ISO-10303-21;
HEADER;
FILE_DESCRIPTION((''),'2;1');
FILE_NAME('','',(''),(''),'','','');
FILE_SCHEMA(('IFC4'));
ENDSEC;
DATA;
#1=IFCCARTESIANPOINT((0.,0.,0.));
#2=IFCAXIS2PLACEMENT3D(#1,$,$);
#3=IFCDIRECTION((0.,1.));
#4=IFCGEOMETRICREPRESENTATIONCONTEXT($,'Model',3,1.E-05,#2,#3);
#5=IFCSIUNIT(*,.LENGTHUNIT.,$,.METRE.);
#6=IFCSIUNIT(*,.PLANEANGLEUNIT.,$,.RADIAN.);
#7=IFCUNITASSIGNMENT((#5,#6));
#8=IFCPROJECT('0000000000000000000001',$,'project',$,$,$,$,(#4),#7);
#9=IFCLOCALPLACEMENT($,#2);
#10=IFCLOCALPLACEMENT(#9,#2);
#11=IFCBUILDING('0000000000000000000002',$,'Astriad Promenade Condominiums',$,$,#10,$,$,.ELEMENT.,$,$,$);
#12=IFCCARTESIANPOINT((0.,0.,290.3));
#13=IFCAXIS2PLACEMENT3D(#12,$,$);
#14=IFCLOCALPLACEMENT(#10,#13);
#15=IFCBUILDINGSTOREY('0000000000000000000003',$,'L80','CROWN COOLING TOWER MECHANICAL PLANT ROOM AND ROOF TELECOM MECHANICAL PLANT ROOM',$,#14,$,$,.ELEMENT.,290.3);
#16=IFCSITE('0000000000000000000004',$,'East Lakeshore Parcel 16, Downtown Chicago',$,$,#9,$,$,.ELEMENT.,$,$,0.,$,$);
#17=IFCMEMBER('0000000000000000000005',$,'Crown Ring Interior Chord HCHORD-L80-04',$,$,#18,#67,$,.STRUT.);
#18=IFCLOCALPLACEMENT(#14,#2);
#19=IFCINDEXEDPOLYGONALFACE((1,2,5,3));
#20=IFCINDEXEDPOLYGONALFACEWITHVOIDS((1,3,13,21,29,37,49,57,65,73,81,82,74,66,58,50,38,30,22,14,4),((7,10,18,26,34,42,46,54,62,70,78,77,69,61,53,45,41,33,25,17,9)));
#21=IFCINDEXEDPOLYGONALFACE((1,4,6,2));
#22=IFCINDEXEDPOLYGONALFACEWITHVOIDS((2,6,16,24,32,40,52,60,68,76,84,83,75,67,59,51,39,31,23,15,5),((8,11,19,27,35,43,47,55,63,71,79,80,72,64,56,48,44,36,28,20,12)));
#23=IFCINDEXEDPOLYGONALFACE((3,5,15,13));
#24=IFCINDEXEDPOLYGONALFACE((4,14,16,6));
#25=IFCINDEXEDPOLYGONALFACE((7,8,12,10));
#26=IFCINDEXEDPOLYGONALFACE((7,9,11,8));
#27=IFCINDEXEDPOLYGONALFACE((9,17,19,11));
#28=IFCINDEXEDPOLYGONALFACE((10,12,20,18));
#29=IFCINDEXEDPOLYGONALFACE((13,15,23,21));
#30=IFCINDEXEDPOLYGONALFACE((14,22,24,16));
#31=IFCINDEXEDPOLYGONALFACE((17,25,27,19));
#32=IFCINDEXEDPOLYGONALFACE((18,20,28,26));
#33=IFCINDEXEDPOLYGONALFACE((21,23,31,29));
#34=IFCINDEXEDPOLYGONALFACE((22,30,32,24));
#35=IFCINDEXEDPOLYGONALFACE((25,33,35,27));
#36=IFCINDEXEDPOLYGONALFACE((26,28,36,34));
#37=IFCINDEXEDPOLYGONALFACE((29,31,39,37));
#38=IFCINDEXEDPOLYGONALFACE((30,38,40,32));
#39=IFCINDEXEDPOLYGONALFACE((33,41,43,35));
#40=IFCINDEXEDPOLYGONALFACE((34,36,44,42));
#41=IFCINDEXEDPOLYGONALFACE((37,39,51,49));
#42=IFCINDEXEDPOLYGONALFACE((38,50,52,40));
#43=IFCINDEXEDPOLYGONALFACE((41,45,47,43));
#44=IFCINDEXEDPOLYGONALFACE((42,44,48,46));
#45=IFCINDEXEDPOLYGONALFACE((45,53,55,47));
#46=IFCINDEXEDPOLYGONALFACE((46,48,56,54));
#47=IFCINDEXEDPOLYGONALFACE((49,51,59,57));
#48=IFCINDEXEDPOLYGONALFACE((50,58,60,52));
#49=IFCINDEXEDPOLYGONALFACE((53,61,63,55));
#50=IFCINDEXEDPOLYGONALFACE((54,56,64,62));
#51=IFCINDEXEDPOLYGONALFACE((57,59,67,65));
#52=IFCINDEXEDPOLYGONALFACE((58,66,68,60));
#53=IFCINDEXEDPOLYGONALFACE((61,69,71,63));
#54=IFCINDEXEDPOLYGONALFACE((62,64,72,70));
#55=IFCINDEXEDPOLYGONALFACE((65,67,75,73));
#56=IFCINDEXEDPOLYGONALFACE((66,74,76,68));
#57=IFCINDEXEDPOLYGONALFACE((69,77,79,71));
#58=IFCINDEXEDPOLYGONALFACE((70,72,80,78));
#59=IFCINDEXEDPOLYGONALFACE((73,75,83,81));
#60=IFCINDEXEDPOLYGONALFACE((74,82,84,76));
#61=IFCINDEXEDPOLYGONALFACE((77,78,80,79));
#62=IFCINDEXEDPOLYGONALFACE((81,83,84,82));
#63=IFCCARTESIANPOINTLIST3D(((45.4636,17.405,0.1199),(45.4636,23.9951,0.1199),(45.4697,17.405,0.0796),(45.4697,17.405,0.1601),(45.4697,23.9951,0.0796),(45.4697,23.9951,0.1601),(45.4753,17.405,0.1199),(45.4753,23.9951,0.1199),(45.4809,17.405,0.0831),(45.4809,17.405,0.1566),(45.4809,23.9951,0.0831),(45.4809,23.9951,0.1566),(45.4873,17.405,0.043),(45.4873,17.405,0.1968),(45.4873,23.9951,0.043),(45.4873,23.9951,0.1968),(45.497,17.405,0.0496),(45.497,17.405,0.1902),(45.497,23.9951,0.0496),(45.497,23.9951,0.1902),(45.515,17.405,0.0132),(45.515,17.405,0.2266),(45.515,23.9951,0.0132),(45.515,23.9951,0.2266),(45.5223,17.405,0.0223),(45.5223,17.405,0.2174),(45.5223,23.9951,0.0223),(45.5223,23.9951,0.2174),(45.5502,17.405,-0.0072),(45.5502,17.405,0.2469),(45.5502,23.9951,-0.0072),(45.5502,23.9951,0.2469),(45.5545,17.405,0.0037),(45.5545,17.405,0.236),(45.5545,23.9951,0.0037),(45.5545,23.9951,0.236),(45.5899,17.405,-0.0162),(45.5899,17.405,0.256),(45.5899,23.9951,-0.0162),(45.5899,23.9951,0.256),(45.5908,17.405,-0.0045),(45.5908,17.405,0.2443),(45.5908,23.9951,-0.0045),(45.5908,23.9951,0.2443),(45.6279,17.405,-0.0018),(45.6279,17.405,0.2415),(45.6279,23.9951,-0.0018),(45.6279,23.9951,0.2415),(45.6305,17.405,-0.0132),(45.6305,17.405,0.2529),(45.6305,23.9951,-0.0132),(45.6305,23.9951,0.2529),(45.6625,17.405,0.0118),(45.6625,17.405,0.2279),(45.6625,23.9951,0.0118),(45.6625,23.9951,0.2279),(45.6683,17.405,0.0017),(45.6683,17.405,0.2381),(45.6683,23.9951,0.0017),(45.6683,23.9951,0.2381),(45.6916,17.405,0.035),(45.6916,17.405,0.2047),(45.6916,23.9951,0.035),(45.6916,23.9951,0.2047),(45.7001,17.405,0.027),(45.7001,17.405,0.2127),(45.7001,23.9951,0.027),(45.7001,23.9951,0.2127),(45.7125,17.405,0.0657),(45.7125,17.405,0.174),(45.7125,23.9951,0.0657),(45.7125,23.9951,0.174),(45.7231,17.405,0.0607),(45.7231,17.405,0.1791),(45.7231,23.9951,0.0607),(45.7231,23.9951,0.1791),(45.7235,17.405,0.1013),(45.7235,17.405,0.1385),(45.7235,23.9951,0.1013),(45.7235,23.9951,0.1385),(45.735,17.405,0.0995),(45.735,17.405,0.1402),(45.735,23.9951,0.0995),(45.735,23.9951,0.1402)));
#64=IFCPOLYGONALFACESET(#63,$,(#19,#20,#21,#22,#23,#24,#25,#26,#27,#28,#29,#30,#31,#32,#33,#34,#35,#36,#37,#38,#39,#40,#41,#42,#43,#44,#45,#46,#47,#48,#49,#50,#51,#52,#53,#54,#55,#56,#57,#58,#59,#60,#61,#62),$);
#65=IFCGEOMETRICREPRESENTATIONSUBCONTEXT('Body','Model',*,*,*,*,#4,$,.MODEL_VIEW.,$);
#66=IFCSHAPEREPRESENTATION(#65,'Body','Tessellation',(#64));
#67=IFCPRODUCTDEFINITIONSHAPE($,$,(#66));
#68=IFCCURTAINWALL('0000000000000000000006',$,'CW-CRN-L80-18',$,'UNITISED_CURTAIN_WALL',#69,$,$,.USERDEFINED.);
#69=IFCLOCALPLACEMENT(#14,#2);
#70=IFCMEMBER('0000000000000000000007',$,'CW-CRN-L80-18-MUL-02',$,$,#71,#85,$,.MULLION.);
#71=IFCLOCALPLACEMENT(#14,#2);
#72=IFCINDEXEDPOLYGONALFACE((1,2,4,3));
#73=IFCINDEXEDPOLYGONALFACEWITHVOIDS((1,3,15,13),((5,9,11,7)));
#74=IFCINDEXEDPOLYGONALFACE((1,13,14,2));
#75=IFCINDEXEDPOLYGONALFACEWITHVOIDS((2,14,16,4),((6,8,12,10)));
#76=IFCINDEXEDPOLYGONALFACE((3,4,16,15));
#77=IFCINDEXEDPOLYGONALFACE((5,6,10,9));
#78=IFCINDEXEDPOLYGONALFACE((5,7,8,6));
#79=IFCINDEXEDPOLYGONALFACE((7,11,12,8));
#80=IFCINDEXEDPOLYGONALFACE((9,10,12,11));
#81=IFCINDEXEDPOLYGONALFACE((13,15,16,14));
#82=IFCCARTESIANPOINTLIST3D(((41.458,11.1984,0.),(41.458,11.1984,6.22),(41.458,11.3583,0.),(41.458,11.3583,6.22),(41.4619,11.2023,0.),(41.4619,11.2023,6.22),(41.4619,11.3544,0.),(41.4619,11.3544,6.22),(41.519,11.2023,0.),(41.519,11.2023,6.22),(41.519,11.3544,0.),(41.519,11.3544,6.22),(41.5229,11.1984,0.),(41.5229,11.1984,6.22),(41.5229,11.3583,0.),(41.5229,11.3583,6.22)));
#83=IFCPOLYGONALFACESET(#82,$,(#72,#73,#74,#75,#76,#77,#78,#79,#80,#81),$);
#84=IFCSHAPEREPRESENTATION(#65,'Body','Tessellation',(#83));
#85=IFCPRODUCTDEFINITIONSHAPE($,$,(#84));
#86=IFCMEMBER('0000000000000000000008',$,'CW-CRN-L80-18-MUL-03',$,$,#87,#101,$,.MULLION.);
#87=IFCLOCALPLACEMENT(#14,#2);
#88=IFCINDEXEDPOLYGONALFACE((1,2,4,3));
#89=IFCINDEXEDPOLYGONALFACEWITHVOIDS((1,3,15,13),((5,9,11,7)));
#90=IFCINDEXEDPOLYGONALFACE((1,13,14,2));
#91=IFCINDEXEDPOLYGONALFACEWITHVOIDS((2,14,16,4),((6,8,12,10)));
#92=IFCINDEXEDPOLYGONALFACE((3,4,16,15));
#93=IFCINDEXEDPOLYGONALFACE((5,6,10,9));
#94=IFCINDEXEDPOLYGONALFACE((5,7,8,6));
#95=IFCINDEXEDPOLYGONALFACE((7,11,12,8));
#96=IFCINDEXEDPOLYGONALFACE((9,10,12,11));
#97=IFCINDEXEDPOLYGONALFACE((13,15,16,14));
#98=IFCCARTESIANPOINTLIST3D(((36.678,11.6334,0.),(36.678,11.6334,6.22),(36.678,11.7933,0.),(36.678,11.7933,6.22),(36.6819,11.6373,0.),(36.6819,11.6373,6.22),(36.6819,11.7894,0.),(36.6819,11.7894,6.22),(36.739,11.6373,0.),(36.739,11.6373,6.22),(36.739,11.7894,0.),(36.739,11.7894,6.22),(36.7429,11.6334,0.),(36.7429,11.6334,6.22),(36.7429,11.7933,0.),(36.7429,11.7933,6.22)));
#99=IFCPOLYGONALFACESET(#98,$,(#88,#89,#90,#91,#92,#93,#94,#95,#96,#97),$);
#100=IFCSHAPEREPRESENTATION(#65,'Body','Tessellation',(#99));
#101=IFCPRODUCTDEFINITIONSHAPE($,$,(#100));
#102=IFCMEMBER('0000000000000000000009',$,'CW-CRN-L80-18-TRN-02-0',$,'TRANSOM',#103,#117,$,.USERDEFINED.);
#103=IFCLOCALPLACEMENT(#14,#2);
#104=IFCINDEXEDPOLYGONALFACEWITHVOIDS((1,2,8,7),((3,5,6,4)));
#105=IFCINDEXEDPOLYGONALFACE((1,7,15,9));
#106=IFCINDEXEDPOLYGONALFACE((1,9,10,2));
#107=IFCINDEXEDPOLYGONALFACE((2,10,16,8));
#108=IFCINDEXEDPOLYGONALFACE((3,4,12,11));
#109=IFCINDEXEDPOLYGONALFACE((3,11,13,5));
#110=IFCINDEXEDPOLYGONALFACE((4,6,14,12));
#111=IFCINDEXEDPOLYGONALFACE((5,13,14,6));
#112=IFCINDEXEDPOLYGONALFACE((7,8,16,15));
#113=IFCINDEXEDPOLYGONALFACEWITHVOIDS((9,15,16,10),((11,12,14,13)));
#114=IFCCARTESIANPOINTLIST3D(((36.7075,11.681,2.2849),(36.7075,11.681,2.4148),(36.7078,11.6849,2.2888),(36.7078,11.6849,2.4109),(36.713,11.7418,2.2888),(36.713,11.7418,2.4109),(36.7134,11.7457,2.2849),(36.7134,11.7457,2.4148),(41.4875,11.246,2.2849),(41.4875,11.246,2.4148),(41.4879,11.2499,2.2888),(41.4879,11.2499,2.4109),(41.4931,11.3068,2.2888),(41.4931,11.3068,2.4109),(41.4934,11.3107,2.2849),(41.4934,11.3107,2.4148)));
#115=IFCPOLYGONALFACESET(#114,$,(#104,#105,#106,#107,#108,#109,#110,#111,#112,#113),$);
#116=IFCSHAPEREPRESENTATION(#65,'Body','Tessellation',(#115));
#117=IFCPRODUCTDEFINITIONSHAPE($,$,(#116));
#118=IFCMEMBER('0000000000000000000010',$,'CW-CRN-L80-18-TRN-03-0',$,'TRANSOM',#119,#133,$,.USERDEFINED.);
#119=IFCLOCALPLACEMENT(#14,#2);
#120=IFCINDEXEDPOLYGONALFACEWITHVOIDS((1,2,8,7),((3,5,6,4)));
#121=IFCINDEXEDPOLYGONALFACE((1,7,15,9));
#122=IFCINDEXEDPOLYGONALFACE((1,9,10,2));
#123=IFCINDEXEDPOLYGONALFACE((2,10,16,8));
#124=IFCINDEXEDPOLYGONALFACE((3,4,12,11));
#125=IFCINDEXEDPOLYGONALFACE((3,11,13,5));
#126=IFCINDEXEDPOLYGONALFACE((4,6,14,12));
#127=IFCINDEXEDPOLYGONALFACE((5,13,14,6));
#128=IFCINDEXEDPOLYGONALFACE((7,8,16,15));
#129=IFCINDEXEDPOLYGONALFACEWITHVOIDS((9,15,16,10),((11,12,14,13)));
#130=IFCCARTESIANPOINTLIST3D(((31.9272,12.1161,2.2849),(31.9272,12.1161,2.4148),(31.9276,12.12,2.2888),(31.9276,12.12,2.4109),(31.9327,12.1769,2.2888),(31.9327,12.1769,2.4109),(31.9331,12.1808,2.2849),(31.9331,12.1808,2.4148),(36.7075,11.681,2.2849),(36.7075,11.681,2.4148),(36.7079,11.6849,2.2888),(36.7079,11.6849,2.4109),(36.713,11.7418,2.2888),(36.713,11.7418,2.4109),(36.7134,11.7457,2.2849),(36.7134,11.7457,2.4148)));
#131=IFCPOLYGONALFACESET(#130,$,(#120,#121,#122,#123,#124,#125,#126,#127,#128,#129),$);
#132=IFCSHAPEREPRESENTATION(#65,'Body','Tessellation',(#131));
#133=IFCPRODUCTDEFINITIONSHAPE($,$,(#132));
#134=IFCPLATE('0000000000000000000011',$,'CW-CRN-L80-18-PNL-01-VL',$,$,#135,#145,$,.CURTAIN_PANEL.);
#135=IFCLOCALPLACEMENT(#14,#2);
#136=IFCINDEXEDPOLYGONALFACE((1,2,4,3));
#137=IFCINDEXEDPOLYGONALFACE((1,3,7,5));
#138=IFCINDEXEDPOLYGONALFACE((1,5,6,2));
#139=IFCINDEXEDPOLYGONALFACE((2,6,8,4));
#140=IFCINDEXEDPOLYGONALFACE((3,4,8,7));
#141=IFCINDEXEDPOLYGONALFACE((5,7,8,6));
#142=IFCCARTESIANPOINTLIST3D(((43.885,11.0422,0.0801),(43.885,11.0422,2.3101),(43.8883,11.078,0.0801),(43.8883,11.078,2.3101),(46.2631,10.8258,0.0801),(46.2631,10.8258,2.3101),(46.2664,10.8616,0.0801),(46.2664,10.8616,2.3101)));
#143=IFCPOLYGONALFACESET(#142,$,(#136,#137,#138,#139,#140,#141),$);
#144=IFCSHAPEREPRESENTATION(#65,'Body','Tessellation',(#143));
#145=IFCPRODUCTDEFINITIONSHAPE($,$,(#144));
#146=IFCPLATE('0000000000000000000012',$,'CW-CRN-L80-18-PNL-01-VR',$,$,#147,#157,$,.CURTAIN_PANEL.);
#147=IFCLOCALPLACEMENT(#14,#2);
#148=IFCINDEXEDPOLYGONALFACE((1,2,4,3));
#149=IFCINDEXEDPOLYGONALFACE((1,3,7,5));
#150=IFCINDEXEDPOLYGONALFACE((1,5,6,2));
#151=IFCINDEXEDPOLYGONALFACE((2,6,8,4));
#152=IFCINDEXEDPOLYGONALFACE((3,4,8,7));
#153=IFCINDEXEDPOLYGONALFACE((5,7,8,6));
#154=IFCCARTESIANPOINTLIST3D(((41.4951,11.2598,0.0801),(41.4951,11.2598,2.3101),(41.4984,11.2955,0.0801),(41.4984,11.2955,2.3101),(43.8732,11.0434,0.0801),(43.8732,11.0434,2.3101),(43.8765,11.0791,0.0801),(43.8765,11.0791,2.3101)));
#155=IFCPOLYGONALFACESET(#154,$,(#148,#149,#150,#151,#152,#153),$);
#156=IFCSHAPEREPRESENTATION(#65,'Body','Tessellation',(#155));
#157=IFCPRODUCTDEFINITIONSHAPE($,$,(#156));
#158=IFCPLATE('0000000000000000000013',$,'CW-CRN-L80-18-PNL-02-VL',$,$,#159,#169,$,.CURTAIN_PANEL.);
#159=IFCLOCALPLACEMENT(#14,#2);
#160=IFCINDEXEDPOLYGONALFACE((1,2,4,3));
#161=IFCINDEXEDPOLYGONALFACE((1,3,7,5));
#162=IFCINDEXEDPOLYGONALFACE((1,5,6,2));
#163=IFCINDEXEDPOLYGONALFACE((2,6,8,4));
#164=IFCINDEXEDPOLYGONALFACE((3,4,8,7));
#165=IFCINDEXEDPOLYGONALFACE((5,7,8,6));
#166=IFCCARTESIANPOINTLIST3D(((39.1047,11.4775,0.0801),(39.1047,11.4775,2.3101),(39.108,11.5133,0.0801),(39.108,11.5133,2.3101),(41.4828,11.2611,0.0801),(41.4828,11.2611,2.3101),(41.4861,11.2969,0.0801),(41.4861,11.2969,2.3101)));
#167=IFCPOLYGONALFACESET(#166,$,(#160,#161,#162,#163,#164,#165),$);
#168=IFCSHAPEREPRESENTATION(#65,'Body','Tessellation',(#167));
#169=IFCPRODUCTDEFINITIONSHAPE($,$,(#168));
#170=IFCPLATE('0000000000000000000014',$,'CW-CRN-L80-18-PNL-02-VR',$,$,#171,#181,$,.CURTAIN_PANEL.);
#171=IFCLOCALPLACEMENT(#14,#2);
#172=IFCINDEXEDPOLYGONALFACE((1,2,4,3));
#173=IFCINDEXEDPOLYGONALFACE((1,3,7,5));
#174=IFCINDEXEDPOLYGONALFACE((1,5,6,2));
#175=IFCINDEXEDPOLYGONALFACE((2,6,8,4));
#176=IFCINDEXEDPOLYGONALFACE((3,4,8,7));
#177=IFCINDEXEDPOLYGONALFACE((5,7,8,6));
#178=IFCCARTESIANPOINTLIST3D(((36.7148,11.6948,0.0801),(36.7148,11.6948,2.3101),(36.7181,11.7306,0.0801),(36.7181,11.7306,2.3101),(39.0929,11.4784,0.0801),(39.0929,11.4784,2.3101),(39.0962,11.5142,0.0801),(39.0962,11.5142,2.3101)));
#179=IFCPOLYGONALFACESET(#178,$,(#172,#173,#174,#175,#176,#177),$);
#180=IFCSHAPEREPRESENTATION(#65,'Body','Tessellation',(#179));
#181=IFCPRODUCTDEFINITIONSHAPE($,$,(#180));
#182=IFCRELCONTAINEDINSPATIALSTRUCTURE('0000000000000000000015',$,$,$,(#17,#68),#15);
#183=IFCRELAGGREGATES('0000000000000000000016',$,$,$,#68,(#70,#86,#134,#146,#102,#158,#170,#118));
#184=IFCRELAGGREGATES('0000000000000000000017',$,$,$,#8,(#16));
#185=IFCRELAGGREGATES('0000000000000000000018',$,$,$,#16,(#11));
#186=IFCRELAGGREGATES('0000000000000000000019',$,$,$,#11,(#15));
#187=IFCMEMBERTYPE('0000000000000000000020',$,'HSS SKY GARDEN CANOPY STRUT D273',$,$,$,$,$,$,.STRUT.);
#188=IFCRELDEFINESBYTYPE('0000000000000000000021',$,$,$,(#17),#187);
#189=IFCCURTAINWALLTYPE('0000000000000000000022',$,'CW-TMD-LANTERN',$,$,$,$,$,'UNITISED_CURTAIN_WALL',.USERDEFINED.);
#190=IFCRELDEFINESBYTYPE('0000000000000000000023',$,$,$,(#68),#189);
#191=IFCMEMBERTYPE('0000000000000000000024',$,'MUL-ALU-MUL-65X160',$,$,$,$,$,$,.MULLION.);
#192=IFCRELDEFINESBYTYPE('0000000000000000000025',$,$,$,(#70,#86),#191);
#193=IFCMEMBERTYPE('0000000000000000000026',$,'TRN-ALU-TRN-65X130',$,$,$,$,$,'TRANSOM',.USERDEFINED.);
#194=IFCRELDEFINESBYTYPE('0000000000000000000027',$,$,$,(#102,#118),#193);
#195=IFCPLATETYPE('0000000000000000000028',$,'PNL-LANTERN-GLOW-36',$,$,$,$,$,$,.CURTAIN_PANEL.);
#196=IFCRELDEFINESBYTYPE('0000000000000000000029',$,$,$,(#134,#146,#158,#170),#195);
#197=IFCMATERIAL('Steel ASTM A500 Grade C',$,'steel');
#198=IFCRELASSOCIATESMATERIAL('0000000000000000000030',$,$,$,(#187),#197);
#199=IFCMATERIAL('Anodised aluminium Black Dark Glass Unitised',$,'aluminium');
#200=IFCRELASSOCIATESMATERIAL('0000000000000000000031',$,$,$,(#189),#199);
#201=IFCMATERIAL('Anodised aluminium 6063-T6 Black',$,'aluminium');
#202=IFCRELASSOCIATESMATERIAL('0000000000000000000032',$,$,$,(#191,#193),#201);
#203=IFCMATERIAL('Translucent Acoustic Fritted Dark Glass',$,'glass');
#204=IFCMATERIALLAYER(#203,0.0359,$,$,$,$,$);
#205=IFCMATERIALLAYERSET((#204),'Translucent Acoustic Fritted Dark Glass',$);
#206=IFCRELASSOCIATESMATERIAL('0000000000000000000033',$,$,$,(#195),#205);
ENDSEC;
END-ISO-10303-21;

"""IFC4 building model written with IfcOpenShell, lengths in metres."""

from ifc_helpers import new_model, si_unit, direction, frame, origin, origin_2d, place, context, subcontext, project, spatial, rectangle, hollow_rectangle, hollow_circle, extrude, source, transform, mapped, material, layer, layer_set, material_profile, profile_set, type_object, type_shapes, element, aggregate, save


model = new_model("IFC4")

# Units and contexts
model_context = context("Model", 3, precision=1e-05, world=origin(), true_north=direction((0.0, 1.0)))
body_context = subcontext(model_context, "Body", "Model", "MODEL_VIEW")
ifc_project = project(units=[si_unit("LENGTHUNIT", "METRE"), si_unit("PLANEANGLEUNIT", "RADIAN")], contexts=[model_context])

# Site, building, storey
site_placement = place(None, origin())
site = spatial("IfcSite", under=ifc_project, at=site_placement, Name="East Lakeshore Parcel 16, Downtown Chicago", CompositionType="ELEMENT", RefElevation=0.0)
building_placement = place(site_placement, origin())
building = spatial("IfcBuilding", under=site, at=building_placement, Name="Astriad Promenade Condominiums", CompositionType="ELEMENT")
storey_placement = place(building_placement, frame((0.0, 0.0, 290.3)))
storey = spatial("IfcBuildingStorey", under=building, at=storey_placement, Name="L80", Description="CROWN COOLING TOWER MECHANICAL PLANT ROOM AND ROOF TELECOM MECHANICAL PLANT ROOM", CompositionType="ELEMENT", Elevation=290.3)

# Member
ifc_material_1 = material(Name="Steel ASTM A500 Grade C", Category="steel")
ifc_material_profile_1 = material_profile(ifc_material_1, hollow_circle(Radius=0.1365, WallThickness=0.0117, at=origin_2d()), Name="HSS273.1X12.7")
ifc_profile_set_1 = profile_set([ifc_material_profile_1], Name="Steel ASTM A500 Grade C")
member_type_1 = type_object("IfcMemberType", Name="HSS SKY GARDEN CANOPY STRUT D273", PredefinedType="STRUT", material=ifc_profile_set_1)
shared_shape_1 = source(origin(), body_context, "Body", "SweptSolid", [
    extrude(hollow_circle(Radius=0.1365, WallThickness=0.0117, at=origin_2d()), origin(), (0.0, 0.0, 1.0), 6.5901),
])
type_shapes(member_type_1, [shared_shape_1])
member_1_placement = place(storey_placement, frame((45.6001, 17.405, 0.1199), z_axis=(0.0, 1.0, 0.0), x_axis=(-1.0, 0.0, 0.0)))
element("IfcMember", 1, at=member_1_placement, inside=storey, type_object=member_type_1, Name="Crown Ring Interior Chord HCHORD-L80-04", PredefinedType="STRUT", context=body_context, shape_type="MappedRepresentation", body=[
    mapped(shared_shape_1, transform((0.0, 0.0, 0.0), scale=1.0)),
])

# Curtain wall, members, plates
ifc_material_2 = material(Name="Anodised aluminium Black Dark Glass Unitised", Category="aluminium")
curtain_wall_type = type_object("IfcCurtainWallType", Name="CW-TMD-LANTERN", ElementType="UNITISED_CURTAIN_WALL", PredefinedType="USERDEFINED", material=ifc_material_2)
curtain_wall_placement = place(storey_placement, origin())
curtain_wall = element("IfcCurtainWall", 2, at=curtain_wall_placement, inside=storey, type_object=curtain_wall_type, Name="CW-CRN-L80-18", ObjectType="UNITISED_CURTAIN_WALL", PredefinedType="USERDEFINED")
ifc_material_3 = material(Name="Anodised aluminium 6063-T6 Black", Category="aluminium")
ifc_material_profile_2 = material_profile(ifc_material_3, hollow_rectangle(XDim=0.0649, YDim=0.1599, WallThickness=0.0039, at=origin_2d()), Name="ALU-MUL-65X160")
ifc_profile_set_2 = profile_set([ifc_material_profile_2], Name="Anodised aluminium 6063-T6 Black")
member_type_2 = type_object("IfcMemberType", Name="MUL-ALU-MUL-65X160", PredefinedType="MULLION", material=ifc_profile_set_2)
shared_shape_2 = source(origin(), body_context, "Body", "SweptSolid", [
    extrude(hollow_rectangle(XDim=0.0649, YDim=0.1599, WallThickness=0.0039, at=origin_2d()), origin(), (0.0, 0.0, 1.0), 6.22),
])
type_shapes(member_type_2, [shared_shape_2])
member_2_placement = place(storey_placement, frame((41.4905, 11.2783, 0.0), z_axis=(0.0, 0.0, 1.0), x_axis=(1.0, 0.0, 0.0)))
member_2 = element("IfcMember", 3, at=member_2_placement, type_object=member_type_2, Name="CW-CRN-L80-18-MUL-02", PredefinedType="MULLION", context=body_context, shape_type="MappedRepresentation", body=[
    mapped(shared_shape_2, transform((0.0, 0.0, 0.0), scale=1.0)),
])
member_3_placement = place(storey_placement, frame((36.7104, 11.7134, 0.0), z_axis=(0.0, 0.0, 1.0), x_axis=(1.0, 0.0, 0.0)))
member_3 = element("IfcMember", 4, at=member_3_placement, type_object=member_type_2, Name="CW-CRN-L80-18-MUL-03", PredefinedType="MULLION", context=body_context, shape_type="MappedRepresentation", body=[
    mapped(shared_shape_2, transform((0.0, 0.0, 0.0), scale=1.0)),
])
ifc_material_profile_3 = material_profile(ifc_material_3, hollow_rectangle(XDim=0.0649, YDim=0.1299, WallThickness=0.0039, at=origin_2d()), Name="ALU-TRN-65X130")
ifc_profile_set_3 = profile_set([ifc_material_profile_3], Name="Anodised aluminium 6063-T6 Black")
member_type_3 = type_object("IfcMemberType", Name="TRN-ALU-TRN-65X130", ElementType="TRANSOM", PredefinedType="USERDEFINED", material=ifc_profile_set_3)
shared_shape_3 = source(origin(), body_context, "Body", "SweptSolid", [
    extrude(hollow_rectangle(XDim=0.0649, YDim=0.1299, WallThickness=0.0039, at=origin_2d()), origin(), (0.0, 0.0, 1.0), 4.7998),
])
member_4_placement = place(storey_placement, frame((41.4905, 11.2783, 2.3499), z_axis=(-0.995884, 0.090641, 0.0), x_axis=(-0.090641, -0.995884, 0.0)))
member_4 = element("IfcMember", 5, at=member_4_placement, type_object=member_type_3, Name="CW-CRN-L80-18-TRN-02-0", ObjectType="TRANSOM", PredefinedType="USERDEFINED", context=body_context, shape_type="MappedRepresentation", body=[
    mapped(shared_shape_3, transform((0.0, 0.0, 0.0), scale=1.0)),
])
shared_shape_4 = source(origin(), body_context, "Body", "SweptSolid", [
    extrude(hollow_rectangle(XDim=0.0649, YDim=0.1299, WallThickness=0.0039, at=origin_2d()), origin(), (0.0, 0.0, 1.0), 4.8),
])
type_shapes(member_type_3, [shared_shape_3, shared_shape_4])
member_5_placement = place(storey_placement, frame((36.7104, 11.7134, 2.3499), z_axis=(-0.995884, 0.090637, 0.0), x_axis=(-0.090637, -0.995884, 0.0)))
member_5 = element("IfcMember", 6, at=member_5_placement, type_object=member_type_3, Name="CW-CRN-L80-18-TRN-03-0", ObjectType="TRANSOM", PredefinedType="USERDEFINED", context=body_context, shape_type="MappedRepresentation", body=[
    mapped(shared_shape_4, transform((0.0, 0.0, 0.0), scale=1.0)),
])
ifc_material_4 = material(Name="Translucent Acoustic Fritted Dark Glass", Category="glass")
ifc_layer_1 = layer(ifc_material_4, 0.0359)
ifc_layer_set_1 = layer_set([ifc_layer_1], Name="Translucent Acoustic Fritted Dark Glass")
plate_type = type_object("IfcPlateType", Name="PNL-LANTERN-GLOW-36", PredefinedType="CURTAIN_PANEL", material=ifc_layer_set_1)
shared_shape_5 = source(origin(), body_context, "Body", "SweptSolid", [
    extrude(rectangle(XDim=2.3879, YDim=0.0359, at=origin_2d()), origin(), (0.0, 0.0, 1.0), 2.23),
])
plate_1_placement = place(storey_placement, frame((45.0757, 10.9519, 0.0801), z_axis=(0.0, 0.0, 1.0), x_axis=(-0.995884, 0.090633, 0.0)))
plate_1 = element("IfcPlate", 7, at=plate_1_placement, type_object=plate_type, Name="CW-CRN-L80-18-PNL-01-VL", PredefinedType="CURTAIN_PANEL", context=body_context, shape_type="MappedRepresentation", body=[
    mapped(shared_shape_5, transform((0.0, 0.0, 0.0), scale=1.0)),
])
plate_2_placement = place(storey_placement, frame((42.6858, 11.1694, 0.0801), z_axis=(0.0, 0.0, 1.0), x_axis=(-0.995884, 0.090633, 0.0)))
plate_2 = element("IfcPlate", 8, at=plate_2_placement, type_object=plate_type, Name="CW-CRN-L80-18-PNL-01-VR", PredefinedType="CURTAIN_PANEL", context=body_context, shape_type="MappedRepresentation", body=[
    mapped(shared_shape_5, transform((0.0, 0.0, 0.0), scale=1.0)),
])
plate_3_placement = place(storey_placement, frame((40.2954, 11.3872, 0.0801), z_axis=(0.0, 0.0, 1.0), x_axis=(-0.995884, 0.090633, 0.0)))
plate_3 = element("IfcPlate", 9, at=plate_3_placement, type_object=plate_type, Name="CW-CRN-L80-18-PNL-02-VL", PredefinedType="CURTAIN_PANEL", context=body_context, shape_type="MappedRepresentation", body=[
    mapped(shared_shape_5, transform((0.0, 0.0, 0.0), scale=1.0)),
])
plate_4_placement = place(storey_placement, frame((37.9055, 11.6045, 0.0801), z_axis=(0.0, 0.0, 1.0), x_axis=(-0.995884, 0.090633, 0.0)))
plate_4 = element("IfcPlate", 10, at=plate_4_placement, type_object=plate_type, Name="CW-CRN-L80-18-PNL-02-VR", PredefinedType="CURTAIN_PANEL", context=body_context, shape_type="MappedRepresentation", body=[
    mapped(shared_shape_5, transform((0.0, 0.0, 0.0), scale=1.0)),
])
aggregate(curtain_wall, [member_2, member_3, plate_1, plate_2, member_4, plate_3, plate_4, member_5])

save(model, "model.ifc")
